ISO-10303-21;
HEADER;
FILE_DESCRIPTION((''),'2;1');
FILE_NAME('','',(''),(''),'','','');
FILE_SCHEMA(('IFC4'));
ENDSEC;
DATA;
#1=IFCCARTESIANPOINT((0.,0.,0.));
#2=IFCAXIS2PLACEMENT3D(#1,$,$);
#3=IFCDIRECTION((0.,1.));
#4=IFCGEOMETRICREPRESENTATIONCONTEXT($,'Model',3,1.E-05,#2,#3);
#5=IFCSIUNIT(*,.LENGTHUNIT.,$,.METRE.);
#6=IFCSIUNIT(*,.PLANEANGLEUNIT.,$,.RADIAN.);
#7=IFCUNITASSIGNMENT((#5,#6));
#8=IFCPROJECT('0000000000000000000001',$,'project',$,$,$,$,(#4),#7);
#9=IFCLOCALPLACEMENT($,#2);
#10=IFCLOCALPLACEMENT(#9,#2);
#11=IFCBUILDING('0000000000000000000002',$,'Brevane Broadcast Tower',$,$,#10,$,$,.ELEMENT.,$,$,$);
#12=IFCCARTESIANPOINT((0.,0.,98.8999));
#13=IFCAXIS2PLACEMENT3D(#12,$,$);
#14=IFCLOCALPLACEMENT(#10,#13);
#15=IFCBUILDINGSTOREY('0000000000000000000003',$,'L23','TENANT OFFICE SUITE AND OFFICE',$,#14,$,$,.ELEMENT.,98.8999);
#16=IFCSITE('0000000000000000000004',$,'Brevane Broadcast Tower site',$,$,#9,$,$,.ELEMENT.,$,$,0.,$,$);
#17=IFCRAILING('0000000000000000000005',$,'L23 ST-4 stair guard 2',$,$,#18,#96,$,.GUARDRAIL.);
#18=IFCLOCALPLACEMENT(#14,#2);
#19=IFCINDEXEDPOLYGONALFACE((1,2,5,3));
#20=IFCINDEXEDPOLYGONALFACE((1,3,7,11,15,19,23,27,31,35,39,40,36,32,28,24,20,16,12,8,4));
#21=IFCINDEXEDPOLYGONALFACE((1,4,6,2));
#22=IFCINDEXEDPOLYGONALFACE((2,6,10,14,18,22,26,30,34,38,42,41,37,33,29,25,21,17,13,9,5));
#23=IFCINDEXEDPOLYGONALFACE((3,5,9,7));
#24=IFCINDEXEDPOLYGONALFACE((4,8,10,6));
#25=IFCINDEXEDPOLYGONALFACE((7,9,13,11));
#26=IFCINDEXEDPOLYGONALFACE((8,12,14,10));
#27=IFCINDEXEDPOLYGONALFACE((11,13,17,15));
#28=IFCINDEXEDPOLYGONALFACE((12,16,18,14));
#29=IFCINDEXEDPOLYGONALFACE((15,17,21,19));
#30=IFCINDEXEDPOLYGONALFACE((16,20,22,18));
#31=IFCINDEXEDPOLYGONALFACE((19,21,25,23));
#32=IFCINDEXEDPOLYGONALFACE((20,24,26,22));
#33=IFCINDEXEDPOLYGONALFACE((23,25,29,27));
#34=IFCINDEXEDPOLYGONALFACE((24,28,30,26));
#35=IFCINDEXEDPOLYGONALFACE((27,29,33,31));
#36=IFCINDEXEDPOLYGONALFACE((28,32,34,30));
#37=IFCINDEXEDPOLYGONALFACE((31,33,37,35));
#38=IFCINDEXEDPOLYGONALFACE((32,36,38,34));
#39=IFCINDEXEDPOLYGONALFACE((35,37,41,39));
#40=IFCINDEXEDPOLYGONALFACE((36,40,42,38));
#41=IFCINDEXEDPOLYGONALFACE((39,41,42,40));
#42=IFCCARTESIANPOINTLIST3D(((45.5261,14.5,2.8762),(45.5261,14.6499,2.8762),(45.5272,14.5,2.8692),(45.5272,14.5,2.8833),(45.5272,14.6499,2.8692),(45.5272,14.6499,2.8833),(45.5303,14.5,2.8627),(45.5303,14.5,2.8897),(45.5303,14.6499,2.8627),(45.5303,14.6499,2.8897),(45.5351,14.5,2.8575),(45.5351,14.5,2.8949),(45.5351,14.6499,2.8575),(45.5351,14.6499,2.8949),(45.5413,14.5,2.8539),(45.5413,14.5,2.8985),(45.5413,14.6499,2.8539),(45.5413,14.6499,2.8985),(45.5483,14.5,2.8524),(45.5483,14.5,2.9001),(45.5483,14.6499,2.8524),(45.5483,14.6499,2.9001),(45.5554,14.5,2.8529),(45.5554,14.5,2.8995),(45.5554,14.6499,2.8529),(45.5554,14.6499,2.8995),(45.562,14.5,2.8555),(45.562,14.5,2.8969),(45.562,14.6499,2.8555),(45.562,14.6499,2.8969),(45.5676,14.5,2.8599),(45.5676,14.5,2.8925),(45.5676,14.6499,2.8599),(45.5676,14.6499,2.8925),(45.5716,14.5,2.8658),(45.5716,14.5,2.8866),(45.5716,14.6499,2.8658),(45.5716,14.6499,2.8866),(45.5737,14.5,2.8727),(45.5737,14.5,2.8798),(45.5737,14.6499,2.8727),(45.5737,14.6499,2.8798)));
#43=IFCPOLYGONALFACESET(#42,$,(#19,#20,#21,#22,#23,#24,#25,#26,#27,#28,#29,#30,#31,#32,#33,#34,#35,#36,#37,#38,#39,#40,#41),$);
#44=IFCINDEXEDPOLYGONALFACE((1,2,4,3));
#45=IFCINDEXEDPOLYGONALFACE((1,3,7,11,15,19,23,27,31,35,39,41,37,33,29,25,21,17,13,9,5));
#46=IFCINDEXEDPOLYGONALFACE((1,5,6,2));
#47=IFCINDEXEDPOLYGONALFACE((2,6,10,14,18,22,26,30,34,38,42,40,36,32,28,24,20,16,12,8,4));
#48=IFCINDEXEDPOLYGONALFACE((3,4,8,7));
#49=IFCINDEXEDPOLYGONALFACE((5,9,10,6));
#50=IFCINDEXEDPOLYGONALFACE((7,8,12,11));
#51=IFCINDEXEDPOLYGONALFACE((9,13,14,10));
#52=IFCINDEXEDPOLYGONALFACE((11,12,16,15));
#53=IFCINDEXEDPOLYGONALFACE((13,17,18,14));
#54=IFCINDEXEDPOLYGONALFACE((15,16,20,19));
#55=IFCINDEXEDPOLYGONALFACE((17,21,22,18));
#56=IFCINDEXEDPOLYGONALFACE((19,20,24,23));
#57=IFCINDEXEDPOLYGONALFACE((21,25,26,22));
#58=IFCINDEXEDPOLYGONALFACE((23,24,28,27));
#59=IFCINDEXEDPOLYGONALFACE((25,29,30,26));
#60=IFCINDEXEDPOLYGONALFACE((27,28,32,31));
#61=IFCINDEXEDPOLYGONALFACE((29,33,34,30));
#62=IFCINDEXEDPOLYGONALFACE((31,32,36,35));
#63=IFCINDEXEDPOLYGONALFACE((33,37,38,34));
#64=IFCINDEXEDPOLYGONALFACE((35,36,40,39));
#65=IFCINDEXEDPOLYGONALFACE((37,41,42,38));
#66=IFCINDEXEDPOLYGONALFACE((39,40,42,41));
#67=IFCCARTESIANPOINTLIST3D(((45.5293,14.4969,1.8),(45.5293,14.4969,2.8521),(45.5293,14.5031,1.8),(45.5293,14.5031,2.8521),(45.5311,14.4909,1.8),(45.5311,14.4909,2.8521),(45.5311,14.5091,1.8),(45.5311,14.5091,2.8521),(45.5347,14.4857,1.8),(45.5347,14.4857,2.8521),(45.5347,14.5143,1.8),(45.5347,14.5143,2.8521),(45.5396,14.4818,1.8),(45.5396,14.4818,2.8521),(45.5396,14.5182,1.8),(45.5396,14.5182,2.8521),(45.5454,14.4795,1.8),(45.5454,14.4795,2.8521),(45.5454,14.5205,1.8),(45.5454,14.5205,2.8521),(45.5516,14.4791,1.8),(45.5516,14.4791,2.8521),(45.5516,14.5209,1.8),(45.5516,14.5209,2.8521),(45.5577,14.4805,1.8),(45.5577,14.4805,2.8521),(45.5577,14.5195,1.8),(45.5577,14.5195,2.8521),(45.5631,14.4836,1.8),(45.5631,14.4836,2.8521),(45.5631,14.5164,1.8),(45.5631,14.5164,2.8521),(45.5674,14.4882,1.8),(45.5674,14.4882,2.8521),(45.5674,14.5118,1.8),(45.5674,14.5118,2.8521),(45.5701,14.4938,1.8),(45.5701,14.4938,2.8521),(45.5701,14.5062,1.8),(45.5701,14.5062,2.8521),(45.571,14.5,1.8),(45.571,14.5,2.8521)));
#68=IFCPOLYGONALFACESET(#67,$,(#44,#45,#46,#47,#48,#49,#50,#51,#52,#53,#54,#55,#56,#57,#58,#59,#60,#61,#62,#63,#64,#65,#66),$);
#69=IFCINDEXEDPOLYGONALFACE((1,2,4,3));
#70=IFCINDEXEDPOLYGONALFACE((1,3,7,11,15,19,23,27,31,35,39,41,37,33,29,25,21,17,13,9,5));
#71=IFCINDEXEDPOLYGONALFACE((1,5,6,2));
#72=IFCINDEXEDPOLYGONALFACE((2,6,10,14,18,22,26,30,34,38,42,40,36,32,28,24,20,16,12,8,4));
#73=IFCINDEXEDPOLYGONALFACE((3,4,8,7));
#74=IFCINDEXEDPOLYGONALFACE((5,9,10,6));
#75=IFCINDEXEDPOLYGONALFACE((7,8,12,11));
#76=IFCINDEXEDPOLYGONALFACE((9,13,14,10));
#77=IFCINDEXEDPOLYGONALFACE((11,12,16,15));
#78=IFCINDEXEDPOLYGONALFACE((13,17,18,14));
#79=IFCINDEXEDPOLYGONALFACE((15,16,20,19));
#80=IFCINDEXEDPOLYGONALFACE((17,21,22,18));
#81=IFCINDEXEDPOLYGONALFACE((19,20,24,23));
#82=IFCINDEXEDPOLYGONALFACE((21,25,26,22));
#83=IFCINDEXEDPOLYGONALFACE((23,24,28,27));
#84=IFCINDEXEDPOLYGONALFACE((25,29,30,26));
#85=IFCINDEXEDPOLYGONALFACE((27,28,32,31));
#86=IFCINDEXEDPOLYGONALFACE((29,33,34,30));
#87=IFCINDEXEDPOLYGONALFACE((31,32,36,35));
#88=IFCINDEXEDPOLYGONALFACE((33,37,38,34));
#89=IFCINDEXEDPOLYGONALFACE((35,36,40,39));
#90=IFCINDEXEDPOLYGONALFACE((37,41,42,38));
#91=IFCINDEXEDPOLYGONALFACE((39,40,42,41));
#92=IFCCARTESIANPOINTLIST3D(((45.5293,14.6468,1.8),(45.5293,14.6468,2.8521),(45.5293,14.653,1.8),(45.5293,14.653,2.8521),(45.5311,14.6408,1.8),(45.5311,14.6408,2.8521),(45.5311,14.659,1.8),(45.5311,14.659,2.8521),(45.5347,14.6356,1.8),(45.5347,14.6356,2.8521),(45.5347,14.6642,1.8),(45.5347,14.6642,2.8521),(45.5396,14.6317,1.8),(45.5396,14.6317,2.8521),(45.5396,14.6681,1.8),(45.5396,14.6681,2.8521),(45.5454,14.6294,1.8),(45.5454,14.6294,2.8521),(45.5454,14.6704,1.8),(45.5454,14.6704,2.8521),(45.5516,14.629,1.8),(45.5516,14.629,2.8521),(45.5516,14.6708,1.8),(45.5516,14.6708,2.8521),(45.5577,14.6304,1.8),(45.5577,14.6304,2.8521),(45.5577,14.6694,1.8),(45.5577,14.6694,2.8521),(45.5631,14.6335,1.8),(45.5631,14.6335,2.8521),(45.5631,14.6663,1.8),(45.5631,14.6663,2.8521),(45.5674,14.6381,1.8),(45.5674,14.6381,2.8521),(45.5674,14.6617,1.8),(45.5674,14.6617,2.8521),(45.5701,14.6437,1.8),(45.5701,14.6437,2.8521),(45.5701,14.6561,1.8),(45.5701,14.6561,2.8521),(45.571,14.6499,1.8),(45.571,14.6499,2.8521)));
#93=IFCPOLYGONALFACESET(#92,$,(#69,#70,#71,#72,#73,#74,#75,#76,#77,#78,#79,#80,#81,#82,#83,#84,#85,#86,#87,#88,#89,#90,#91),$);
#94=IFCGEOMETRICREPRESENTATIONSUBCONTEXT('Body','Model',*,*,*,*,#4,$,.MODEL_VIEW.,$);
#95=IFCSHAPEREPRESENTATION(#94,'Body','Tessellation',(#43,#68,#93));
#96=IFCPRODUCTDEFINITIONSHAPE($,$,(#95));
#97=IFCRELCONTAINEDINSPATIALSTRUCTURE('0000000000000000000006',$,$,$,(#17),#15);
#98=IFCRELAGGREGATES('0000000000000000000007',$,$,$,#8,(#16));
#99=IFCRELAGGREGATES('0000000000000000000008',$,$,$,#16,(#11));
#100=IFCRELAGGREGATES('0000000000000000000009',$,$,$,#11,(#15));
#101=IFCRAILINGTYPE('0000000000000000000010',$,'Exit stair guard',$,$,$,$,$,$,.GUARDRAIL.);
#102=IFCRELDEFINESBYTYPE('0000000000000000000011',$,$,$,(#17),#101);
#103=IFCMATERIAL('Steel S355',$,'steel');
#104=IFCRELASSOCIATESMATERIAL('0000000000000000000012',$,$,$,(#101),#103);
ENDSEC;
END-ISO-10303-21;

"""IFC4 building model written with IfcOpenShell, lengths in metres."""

from ifc_helpers import new_model, si_unit, direction, frame, origin, origin_2d, place, context, subcontext, project, spatial, circle, extrude, material, type_object, element, save


model = new_model("IFC4")

# Units and contexts
model_context = context("Model", 3, precision=1e-05, world=origin(), true_north=direction((0.0, 1.0)))
body_context = subcontext(model_context, "Body", "Model", "MODEL_VIEW")
ifc_project = project(units=[si_unit("LENGTHUNIT", "METRE"), si_unit("PLANEANGLEUNIT", "RADIAN")], contexts=[model_context])

# Site, building, storey
site_placement = place(None, origin())
site = spatial("IfcSite", under=ifc_project, at=site_placement, Name="Brevane Broadcast Tower site", CompositionType="ELEMENT", RefElevation=0.0)
building_placement = place(site_placement, origin())
building = spatial("IfcBuilding", under=site, at=building_placement, Name="Brevane Broadcast Tower", CompositionType="ELEMENT")
storey_placement = place(building_placement, frame((0.0, 0.0, 98.8999)))
storey = spatial("IfcBuildingStorey", under=building, at=storey_placement, Name="L23", Description="TENANT OFFICE SUITE AND OFFICE", CompositionType="ELEMENT", Elevation=98.8999)

# Railing
ifc_material_1 = material(Name="Steel S355", Category="steel")
railing_type_1 = type_object("IfcRailingType", Name="Exit stair guard", PredefinedType="GUARDRAIL", material=ifc_material_1)
railing_1_placement = place(storey_placement, frame((45.55, 14.5, 1.8)))
element("IfcRailing", 1, at=railing_1_placement, inside=storey, type_object=railing_type_1, Name="L23 ST-4 stair guard 2", PredefinedType="GUARDRAIL", context=body_context, shape_type="SweptSolid", body=[
    extrude(circle(Radius=0.0239, at=origin_2d()), frame((0.0, 0.0, 1.0762), z_axis=(0.0, 1.0, 0.0), x_axis=(-1.0, 0.0, 0.0)), (0.0, 0.0, 1.0), 0.1499),
    extrude(circle(Radius=0.021, at=origin_2d()), origin(), (0.0, 0.0, 1.0), 1.052),
    extrude(circle(Radius=0.021, at=origin_2d()), frame((0.0, 0.1499, 0.0)), (0.0, 0.0, 1.0), 1.052),
])

save(model, "model.ifc")
